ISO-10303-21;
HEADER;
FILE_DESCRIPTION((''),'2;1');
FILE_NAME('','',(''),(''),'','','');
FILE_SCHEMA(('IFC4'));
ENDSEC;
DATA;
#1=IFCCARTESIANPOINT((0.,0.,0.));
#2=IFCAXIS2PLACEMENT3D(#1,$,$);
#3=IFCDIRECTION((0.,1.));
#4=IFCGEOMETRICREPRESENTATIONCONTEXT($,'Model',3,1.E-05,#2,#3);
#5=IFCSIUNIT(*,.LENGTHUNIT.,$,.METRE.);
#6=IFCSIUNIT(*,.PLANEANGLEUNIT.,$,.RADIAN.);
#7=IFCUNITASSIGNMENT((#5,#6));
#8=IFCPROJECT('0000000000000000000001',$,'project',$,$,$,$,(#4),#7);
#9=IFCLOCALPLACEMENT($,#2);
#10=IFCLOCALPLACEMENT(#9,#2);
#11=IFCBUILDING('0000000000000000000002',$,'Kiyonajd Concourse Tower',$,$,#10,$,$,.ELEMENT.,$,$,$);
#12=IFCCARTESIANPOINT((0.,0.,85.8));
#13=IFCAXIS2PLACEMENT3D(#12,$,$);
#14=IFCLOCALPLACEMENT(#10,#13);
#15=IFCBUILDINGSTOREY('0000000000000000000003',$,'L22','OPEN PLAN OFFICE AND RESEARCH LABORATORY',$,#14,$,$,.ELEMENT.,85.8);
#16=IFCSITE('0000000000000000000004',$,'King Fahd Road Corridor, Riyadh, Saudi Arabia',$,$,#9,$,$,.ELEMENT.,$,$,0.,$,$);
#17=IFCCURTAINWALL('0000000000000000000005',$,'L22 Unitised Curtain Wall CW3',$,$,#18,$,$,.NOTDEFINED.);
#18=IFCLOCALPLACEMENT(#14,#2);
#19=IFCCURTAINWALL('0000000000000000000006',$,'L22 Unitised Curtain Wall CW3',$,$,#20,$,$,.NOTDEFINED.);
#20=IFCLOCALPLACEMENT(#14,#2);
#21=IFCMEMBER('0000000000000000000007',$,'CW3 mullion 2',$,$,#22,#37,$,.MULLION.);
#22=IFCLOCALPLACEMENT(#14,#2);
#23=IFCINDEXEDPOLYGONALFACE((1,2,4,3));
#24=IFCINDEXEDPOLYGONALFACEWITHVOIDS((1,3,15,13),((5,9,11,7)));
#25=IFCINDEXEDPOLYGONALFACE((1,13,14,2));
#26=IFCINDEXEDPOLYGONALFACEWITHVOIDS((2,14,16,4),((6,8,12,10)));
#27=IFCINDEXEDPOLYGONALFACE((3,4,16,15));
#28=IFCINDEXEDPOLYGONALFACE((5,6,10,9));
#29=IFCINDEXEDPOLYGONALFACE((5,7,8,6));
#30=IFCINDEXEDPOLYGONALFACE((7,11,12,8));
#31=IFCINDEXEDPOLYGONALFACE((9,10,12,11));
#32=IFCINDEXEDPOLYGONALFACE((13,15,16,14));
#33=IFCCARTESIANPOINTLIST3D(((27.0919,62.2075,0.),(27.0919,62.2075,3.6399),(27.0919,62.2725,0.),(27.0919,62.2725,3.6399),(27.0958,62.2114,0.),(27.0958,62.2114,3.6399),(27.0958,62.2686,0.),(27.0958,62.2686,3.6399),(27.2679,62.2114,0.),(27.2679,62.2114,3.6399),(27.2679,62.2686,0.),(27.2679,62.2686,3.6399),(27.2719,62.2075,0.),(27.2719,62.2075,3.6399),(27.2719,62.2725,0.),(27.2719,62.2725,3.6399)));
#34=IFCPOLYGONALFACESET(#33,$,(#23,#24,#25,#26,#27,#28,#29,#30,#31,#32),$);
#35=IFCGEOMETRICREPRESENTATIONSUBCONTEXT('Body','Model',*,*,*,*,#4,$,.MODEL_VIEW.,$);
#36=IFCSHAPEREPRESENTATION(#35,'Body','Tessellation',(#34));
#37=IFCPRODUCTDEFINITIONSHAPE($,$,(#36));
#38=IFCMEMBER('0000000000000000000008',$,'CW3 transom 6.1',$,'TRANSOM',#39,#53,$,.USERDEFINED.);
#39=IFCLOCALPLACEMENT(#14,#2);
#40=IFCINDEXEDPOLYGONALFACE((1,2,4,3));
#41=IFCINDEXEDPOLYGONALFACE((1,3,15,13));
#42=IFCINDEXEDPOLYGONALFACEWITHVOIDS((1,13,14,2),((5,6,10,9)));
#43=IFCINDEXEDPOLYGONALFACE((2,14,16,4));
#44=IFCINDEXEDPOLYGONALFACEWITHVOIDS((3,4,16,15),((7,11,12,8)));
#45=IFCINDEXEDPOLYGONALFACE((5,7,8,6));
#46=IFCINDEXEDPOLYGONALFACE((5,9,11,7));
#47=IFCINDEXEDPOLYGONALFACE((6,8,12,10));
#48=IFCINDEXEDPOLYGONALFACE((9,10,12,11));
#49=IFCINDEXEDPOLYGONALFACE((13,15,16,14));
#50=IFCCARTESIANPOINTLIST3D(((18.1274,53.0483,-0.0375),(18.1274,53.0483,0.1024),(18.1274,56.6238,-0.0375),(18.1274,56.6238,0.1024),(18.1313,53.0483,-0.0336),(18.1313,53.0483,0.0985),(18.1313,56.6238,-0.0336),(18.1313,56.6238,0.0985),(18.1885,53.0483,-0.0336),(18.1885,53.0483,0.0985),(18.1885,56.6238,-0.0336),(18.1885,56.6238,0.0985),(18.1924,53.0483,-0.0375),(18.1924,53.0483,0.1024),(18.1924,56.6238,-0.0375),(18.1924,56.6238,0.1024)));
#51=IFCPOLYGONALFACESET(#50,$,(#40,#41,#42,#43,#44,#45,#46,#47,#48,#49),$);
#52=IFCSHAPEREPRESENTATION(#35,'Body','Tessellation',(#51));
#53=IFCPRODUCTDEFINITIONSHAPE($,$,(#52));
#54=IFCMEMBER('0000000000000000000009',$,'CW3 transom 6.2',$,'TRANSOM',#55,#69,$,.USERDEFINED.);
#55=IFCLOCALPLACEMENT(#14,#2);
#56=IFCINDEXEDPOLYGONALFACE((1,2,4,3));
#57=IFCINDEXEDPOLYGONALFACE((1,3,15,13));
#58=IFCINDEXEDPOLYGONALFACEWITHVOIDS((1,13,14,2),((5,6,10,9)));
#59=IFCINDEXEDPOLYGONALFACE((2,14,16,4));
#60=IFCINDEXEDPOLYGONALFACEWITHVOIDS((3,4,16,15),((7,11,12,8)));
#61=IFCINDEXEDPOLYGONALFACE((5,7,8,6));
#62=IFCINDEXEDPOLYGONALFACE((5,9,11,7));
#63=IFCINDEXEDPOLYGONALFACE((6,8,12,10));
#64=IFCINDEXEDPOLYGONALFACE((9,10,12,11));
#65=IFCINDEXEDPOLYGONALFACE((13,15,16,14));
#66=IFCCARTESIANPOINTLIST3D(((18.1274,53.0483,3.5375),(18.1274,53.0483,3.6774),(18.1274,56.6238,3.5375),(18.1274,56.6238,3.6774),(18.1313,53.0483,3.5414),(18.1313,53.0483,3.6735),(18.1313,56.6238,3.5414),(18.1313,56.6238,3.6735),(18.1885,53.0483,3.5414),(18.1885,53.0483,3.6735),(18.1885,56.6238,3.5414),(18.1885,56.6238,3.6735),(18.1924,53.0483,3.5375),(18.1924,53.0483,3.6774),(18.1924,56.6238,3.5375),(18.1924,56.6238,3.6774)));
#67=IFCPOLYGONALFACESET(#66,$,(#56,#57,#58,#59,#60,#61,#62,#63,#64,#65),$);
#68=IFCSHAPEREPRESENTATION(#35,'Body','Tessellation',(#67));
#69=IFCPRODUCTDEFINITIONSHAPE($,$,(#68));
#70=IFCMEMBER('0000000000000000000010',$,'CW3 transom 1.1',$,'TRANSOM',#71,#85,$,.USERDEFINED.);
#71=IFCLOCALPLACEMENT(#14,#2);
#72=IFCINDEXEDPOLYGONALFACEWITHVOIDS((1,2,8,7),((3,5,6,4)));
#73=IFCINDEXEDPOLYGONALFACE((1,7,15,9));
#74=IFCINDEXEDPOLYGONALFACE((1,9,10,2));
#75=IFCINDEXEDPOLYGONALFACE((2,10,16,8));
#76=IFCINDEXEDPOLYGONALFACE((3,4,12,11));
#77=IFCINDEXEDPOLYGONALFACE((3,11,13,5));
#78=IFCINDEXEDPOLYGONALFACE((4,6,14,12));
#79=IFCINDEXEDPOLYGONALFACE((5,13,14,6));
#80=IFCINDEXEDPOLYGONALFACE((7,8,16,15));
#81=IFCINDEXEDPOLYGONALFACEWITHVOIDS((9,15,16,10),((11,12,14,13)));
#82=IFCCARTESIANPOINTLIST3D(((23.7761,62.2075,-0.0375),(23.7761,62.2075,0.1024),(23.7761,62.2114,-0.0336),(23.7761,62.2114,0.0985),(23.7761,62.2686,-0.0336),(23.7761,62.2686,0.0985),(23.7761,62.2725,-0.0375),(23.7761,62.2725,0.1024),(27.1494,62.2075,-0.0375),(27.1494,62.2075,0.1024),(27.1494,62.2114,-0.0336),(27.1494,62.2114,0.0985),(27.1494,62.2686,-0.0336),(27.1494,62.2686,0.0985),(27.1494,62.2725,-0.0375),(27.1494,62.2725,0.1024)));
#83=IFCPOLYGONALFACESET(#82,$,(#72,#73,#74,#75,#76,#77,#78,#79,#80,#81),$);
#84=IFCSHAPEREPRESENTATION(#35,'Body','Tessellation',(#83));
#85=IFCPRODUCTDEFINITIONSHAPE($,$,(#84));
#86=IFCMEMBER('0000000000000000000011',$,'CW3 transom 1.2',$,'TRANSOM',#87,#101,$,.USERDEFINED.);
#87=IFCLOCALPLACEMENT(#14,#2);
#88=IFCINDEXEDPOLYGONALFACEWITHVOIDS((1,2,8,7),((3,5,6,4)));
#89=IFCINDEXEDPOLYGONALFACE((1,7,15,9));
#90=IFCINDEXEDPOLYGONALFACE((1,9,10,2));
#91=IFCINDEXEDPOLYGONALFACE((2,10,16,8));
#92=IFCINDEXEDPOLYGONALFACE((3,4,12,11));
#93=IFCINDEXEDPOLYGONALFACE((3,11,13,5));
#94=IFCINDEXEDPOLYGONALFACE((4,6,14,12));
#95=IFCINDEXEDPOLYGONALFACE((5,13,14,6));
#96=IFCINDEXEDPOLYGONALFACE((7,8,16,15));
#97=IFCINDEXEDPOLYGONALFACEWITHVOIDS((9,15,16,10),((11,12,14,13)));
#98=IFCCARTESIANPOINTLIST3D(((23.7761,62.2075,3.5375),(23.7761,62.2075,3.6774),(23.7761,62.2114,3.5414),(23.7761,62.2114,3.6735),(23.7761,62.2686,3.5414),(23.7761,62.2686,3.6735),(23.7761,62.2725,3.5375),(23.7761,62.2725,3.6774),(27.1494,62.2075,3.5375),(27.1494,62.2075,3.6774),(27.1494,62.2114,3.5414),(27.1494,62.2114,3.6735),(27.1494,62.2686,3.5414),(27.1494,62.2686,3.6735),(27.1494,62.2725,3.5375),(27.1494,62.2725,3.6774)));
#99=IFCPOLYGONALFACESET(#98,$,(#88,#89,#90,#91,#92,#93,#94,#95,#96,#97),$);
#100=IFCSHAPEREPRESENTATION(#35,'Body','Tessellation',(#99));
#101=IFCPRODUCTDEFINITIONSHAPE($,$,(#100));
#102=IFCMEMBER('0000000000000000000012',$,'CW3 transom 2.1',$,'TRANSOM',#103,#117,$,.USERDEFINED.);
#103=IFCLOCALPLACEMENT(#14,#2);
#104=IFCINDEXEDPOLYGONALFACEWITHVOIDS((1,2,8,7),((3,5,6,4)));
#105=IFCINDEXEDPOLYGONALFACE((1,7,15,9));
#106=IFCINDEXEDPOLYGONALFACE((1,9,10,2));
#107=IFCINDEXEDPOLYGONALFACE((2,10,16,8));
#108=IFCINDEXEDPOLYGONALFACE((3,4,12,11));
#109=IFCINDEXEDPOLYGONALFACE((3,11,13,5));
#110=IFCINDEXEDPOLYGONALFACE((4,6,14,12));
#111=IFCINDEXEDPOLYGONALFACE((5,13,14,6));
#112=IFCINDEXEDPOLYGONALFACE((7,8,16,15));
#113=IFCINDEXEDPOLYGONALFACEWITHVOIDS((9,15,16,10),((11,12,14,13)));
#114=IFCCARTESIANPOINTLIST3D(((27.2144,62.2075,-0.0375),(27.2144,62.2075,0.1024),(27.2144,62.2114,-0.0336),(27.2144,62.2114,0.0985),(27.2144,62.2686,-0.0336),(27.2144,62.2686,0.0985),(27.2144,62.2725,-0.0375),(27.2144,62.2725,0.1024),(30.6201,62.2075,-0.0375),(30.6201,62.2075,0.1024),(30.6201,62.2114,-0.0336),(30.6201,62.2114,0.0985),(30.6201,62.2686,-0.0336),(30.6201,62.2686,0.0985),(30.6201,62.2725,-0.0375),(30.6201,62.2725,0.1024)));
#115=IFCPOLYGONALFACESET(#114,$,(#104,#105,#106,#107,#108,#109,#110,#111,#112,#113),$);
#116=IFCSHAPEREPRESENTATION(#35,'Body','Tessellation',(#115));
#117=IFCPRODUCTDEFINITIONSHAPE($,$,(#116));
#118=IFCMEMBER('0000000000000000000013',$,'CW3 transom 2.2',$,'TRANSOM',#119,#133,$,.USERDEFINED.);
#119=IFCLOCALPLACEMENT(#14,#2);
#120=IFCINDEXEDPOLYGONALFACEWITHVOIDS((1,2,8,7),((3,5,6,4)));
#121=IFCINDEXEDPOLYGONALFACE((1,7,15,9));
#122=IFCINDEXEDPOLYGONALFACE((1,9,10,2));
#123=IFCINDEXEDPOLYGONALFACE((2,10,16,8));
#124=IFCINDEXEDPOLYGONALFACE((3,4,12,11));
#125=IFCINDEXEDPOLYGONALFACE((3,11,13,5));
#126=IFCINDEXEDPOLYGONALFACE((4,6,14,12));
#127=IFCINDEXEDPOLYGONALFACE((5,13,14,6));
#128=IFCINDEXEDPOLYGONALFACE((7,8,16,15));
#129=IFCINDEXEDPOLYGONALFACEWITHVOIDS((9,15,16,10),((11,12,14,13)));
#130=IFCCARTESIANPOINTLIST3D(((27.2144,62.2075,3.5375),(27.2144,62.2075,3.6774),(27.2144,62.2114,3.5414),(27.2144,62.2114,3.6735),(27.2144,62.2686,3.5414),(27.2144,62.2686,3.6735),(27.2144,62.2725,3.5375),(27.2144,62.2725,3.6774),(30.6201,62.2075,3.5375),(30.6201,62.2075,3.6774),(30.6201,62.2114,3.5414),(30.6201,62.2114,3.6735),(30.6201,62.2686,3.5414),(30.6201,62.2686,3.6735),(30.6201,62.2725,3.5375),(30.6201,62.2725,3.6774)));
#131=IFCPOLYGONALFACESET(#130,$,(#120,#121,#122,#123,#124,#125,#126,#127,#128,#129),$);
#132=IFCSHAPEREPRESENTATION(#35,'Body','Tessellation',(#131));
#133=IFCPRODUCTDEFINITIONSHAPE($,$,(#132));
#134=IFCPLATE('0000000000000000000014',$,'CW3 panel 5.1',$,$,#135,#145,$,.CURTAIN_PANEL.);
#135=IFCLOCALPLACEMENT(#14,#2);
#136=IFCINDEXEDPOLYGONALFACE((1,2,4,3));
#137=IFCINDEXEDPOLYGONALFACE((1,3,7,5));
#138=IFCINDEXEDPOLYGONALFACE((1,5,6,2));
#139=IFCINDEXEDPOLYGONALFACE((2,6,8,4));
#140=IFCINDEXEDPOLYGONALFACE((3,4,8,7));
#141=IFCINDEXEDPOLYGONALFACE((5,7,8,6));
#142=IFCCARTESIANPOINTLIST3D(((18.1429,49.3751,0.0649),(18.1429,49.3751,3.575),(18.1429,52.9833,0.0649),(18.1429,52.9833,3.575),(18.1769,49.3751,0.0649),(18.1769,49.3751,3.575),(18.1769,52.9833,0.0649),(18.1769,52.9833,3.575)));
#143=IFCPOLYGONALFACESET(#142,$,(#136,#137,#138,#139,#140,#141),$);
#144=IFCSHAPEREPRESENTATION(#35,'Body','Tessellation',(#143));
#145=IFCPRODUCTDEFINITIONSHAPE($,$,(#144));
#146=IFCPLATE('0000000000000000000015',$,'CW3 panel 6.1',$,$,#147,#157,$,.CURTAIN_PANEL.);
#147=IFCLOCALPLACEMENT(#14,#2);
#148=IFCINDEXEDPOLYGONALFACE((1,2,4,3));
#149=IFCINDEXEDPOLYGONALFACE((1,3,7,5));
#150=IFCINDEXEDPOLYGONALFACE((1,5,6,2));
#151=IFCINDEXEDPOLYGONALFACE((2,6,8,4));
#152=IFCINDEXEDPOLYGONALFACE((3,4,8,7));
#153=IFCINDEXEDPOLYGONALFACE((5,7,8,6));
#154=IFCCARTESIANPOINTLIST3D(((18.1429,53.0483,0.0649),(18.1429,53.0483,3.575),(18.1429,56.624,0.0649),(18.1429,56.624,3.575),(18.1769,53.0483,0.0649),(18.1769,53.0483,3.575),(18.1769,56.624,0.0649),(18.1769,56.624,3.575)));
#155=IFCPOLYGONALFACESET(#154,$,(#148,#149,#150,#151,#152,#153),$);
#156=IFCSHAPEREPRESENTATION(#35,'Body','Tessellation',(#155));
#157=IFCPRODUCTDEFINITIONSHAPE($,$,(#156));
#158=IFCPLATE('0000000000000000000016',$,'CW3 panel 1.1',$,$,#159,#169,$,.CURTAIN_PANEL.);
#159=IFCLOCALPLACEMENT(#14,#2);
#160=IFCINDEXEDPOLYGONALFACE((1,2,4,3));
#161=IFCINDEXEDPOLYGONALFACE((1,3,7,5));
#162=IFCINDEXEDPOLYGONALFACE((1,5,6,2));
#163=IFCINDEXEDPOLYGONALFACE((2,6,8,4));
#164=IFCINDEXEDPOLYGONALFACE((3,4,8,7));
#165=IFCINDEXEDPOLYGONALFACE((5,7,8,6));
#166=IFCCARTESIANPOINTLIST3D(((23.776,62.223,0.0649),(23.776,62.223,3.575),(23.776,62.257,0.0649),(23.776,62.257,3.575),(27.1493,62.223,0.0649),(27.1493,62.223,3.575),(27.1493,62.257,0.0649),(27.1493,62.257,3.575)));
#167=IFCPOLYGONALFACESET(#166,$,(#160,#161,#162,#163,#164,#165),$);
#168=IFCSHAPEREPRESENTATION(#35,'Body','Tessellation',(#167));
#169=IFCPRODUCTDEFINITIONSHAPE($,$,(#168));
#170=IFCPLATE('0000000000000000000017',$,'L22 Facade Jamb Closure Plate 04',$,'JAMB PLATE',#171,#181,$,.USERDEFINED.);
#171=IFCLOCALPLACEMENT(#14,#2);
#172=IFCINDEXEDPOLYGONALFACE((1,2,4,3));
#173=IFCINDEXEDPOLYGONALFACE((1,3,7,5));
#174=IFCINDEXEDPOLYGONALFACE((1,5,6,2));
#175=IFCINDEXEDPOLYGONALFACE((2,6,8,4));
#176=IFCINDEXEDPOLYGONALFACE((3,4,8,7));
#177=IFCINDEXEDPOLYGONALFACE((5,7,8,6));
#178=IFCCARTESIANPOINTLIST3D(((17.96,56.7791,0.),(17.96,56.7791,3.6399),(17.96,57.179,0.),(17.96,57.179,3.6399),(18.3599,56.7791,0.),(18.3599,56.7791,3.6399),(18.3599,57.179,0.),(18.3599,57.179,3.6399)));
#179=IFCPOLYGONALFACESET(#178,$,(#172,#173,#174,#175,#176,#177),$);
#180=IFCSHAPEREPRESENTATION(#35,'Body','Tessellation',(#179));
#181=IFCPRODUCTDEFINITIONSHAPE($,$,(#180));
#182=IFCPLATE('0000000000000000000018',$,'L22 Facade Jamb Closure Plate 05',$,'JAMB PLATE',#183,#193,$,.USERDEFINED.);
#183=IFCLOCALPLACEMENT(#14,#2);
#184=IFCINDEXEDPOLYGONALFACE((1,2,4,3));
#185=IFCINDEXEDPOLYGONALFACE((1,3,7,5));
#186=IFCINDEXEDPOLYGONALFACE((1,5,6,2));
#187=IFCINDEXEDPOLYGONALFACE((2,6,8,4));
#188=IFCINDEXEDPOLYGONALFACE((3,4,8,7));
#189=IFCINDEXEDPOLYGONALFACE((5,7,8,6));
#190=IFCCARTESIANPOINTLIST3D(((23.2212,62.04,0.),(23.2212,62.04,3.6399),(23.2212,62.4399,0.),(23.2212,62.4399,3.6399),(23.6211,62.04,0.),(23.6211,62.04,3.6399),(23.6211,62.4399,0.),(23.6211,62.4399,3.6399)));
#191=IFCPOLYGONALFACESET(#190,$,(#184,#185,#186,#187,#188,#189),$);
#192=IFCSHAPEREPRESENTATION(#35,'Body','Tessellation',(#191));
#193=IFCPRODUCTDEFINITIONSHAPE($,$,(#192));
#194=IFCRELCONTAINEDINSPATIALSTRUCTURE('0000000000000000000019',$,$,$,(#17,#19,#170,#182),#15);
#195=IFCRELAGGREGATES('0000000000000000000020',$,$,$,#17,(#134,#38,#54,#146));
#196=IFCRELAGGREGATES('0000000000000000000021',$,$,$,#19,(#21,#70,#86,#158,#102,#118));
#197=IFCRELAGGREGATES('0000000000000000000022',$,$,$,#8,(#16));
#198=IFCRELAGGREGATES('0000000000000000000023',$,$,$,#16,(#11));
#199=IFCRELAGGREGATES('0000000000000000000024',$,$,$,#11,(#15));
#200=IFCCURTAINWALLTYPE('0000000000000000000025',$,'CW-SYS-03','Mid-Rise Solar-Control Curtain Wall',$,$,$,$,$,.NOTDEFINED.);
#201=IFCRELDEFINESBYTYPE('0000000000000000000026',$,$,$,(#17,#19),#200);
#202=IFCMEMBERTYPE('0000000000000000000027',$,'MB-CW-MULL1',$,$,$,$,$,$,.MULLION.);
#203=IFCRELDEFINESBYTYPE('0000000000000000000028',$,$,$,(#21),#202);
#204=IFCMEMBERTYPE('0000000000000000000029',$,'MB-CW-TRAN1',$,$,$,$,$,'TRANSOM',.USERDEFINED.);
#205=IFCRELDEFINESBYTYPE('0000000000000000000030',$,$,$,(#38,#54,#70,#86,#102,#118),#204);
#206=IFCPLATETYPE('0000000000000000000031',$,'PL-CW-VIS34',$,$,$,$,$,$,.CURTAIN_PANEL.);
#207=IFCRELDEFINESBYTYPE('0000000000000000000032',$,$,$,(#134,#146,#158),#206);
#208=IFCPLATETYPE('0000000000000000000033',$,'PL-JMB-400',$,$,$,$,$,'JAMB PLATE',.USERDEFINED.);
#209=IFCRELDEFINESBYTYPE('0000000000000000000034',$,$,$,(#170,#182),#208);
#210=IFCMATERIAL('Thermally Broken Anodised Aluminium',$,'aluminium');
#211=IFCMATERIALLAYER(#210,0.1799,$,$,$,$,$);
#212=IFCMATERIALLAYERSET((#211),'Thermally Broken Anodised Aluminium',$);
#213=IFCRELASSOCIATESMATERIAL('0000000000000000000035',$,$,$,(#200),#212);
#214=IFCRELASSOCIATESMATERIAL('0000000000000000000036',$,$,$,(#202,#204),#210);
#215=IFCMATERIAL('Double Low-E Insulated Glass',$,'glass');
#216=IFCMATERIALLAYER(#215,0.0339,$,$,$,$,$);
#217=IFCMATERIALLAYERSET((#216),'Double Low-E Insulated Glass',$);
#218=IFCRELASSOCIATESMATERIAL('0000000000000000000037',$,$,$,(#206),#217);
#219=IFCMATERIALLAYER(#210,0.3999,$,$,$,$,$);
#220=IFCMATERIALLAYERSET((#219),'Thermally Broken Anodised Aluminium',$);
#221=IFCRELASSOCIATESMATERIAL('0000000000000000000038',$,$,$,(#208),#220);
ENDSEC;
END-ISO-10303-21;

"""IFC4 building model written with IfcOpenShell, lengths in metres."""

from ifc_helpers import new_model, si_unit, direction, frame, origin, origin_2d, place, context, subcontext, project, spatial, rectangle, hollow_rectangle, extrude, material, layer, layer_set, material_profile, profile_set, type_object, element, aggregate, save


model = new_model("IFC4")

# Units and contexts
model_context = context("Model", 3, precision=1e-05, world=origin(), true_north=direction((0.0, 1.0)))
body_context = subcontext(model_context, "Body", "Model", "MODEL_VIEW")
ifc_project = project(units=[si_unit("LENGTHUNIT", "METRE"), si_unit("PLANEANGLEUNIT", "RADIAN")], contexts=[model_context])

# Site, building, storey
site_placement = place(None, origin())
site = spatial("IfcSite", under=ifc_project, at=site_placement, Name="King Fahd Road Corridor, Riyadh, Saudi Arabia", CompositionType="ELEMENT", RefElevation=0.0)
building_placement = place(site_placement, origin())
building = spatial("IfcBuilding", under=site, at=building_placement, Name="Kiyonajd Concourse Tower", CompositionType="ELEMENT")
storey_placement = place(building_placement, frame((0.0, 0.0, 85.8)))
storey = spatial("IfcBuildingStorey", under=building, at=storey_placement, Name="L22", Description="OPEN PLAN OFFICE AND RESEARCH LABORATORY", CompositionType="ELEMENT", Elevation=85.8)

# Curtain walls, member
ifc_material_1 = material(Name="Thermally Broken Anodised Aluminium", Category="aluminium")
ifc_layer_1 = layer(ifc_material_1, 0.1799)
ifc_layer_set_1 = layer_set([ifc_layer_1], Name="Thermally Broken Anodised Aluminium")
curtain_wall_type = type_object("IfcCurtainWallType", Name="CW-SYS-03", Description="Mid-Rise Solar-Control Curtain Wall", PredefinedType="NOTDEFINED", material=ifc_layer_set_1)
curtain_wall_1_placement = place(storey_placement, origin())
curtain_wall_1 = element("IfcCurtainWall", 1, at=curtain_wall_1_placement, inside=storey, type_object=curtain_wall_type, Name="L22 Unitised Curtain Wall CW3", PredefinedType="NOTDEFINED")
ifc_material_profile_1 = material_profile(ifc_material_1, hollow_rectangle(XDim=0.0649, YDim=0.1799, WallThickness=0.0039, at=origin_2d()), Name="MULL-65x180")
ifc_profile_set_1 = profile_set([ifc_material_profile_1], Name="Thermally Broken Anodised Aluminium")
member_type_1 = type_object("IfcMemberType", Name="MB-CW-MULL1", PredefinedType="MULLION", material=ifc_profile_set_1)
curtain_wall_2_placement = place(storey_placement, origin())
curtain_wall_2 = element("IfcCurtainWall", 2, at=curtain_wall_2_placement, inside=storey, type_object=curtain_wall_type, Name="L22 Unitised Curtain Wall CW3", PredefinedType="NOTDEFINED")
member_1_placement = place(storey_placement, frame((27.1819, 62.24, 0.0), z_axis=(0.0, 0.0, 1.0), x_axis=(0.0, 1.0, 0.0)))
member_1 = element("IfcMember", 3, at=member_1_placement, type_object=member_type_1, Name="CW3 mullion 2", PredefinedType="MULLION", context=body_context, shape_type="SweptSolid", body=[
    extrude(hollow_rectangle(XDim=0.0649, YDim=0.1799, WallThickness=0.0039, at=origin_2d()), origin(), (0.0, 0.0, 1.0), 3.6399),
])

# Members
ifc_material_profile_2 = material_profile(ifc_material_1, hollow_rectangle(XDim=0.0649, YDim=0.1399, WallThickness=0.0039, at=origin_2d()), Name="TRAN-65x140")
ifc_profile_set_2 = profile_set([ifc_material_profile_2], Name="Thermally Broken Anodised Aluminium")
member_type_2 = type_object("IfcMemberType", Name="MB-CW-TRAN1", ElementType="TRANSOM", PredefinedType="USERDEFINED", material=ifc_profile_set_2)
member_2_placement = place(storey_placement, frame((18.1599, 53.0483, 0.0325), z_axis=(0.0, 1.0, 0.0), x_axis=(-1.0, 0.0, 0.0)))
member_2 = element("IfcMember", 4, at=member_2_placement, type_object=member_type_2, Name="CW3 transom 6.1", ObjectType="TRANSOM", PredefinedType="USERDEFINED", context=body_context, shape_type="SweptSolid", body=[
    extrude(hollow_rectangle(XDim=0.0649, YDim=0.1399, WallThickness=0.0039, at=origin_2d()), origin(), (0.0, 0.0, 1.0), 3.5754),
])
member_3_placement = place(storey_placement, frame((18.1599, 53.0483, 3.6074), z_axis=(0.0, 1.0, 0.0), x_axis=(-1.0, 0.0, 0.0)))
member_3 = element("IfcMember", 5, at=member_3_placement, type_object=member_type_2, Name="CW3 transom 6.2", ObjectType="TRANSOM", PredefinedType="USERDEFINED", context=body_context, shape_type="SweptSolid", body=[
    extrude(hollow_rectangle(XDim=0.0649, YDim=0.1399, WallThickness=0.0039, at=origin_2d()), origin(), (0.0, 0.0, 1.0), 3.5754),
])
member_4_placement = place(storey_placement, frame((23.7761, 62.24, 0.0325), z_axis=(1.0, 0.0, 0.0), x_axis=(0.0, 1.0, 0.0)))
member_4 = element("IfcMember", 6, at=member_4_placement, type_object=member_type_2, Name="CW3 transom 1.1", ObjectType="TRANSOM", PredefinedType="USERDEFINED", context=body_context, shape_type="SweptSolid", body=[
    extrude(hollow_rectangle(XDim=0.0649, YDim=0.1399, WallThickness=0.0039, at=origin_2d()), origin(), (0.0, 0.0, 1.0), 3.3733),
])
member_5_placement = place(storey_placement, frame((23.7761, 62.24, 3.6074), z_axis=(1.0, 0.0, 0.0), x_axis=(0.0, 1.0, 0.0)))
member_5 = element("IfcMember", 7, at=member_5_placement, type_object=member_type_2, Name="CW3 transom 1.2", ObjectType="TRANSOM", PredefinedType="USERDEFINED", context=body_context, shape_type="SweptSolid", body=[
    extrude(hollow_rectangle(XDim=0.0649, YDim=0.1399, WallThickness=0.0039, at=origin_2d()), origin(), (0.0, 0.0, 1.0), 3.3733),
])
member_6_placement = place(storey_placement, frame((27.2144, 62.24, 0.0325), z_axis=(1.0, 0.0, 0.0), x_axis=(0.0, 1.0, 0.0)))
member_6 = element("IfcMember", 8, at=member_6_placement, type_object=member_type_2, Name="CW3 transom 2.1", ObjectType="TRANSOM", PredefinedType="USERDEFINED", context=body_context, shape_type="SweptSolid", body=[
    extrude(hollow_rectangle(XDim=0.0649, YDim=0.1399, WallThickness=0.0039, at=origin_2d()), origin(), (0.0, 0.0, 1.0), 3.4058),
])
member_7_placement = place(storey_placement, frame((27.2144, 62.24, 3.6074), z_axis=(1.0, 0.0, 0.0), x_axis=(0.0, 1.0, 0.0)))
member_7 = element("IfcMember", 9, at=member_7_placement, type_object=member_type_2, Name="CW3 transom 2.2", ObjectType="TRANSOM", PredefinedType="USERDEFINED", context=body_context, shape_type="SweptSolid", body=[
    extrude(hollow_rectangle(XDim=0.0649, YDim=0.1399, WallThickness=0.0039, at=origin_2d()), origin(), (0.0, 0.0, 1.0), 3.4058),
])

# Plates
ifc_material_2 = material(Name="Double Low-E Insulated Glass", Category="glass")
ifc_layer_2 = layer(ifc_material_2, 0.0339)
ifc_layer_set_2 = layer_set([ifc_layer_2], Name="Double Low-E Insulated Glass")
plate_type_1 = type_object("IfcPlateType", Name="PL-CW-VIS34", PredefinedType="CURTAIN_PANEL", material=ifc_layer_set_2)
plate_1_placement = place(storey_placement, frame((18.1599, 51.1792, 0.0649), z_axis=(0.0, 0.0, 1.0), x_axis=(0.0, 1.0, 0.0)))
plate_1 = element("IfcPlate", 10, at=plate_1_placement, type_object=plate_type_1, Name="CW3 panel 5.1", PredefinedType="CURTAIN_PANEL", context=body_context, shape_type="SweptSolid", body=[
    extrude(rectangle(XDim=3.6082, YDim=0.0339, at=origin_2d()), origin(), (0.0, 0.0, 1.0), 3.51),
])
plate_2_placement = place(storey_placement, frame((18.1599, 54.8362, 0.0649), z_axis=(0.0, 0.0, 1.0), x_axis=(0.0, 1.0, 0.0)))
plate_2 = element("IfcPlate", 11, at=plate_2_placement, type_object=plate_type_1, Name="CW3 panel 6.1", PredefinedType="CURTAIN_PANEL", context=body_context, shape_type="SweptSolid", body=[
    extrude(rectangle(XDim=3.5757, YDim=0.0339, at=origin_2d()), origin(), (0.0, 0.0, 1.0), 3.51),
])
aggregate(curtain_wall_1, [plate_1, member_2, member_3, plate_2])
plate_3_placement = place(storey_placement, frame((25.4626, 62.24, 0.0649), z_axis=(0.0, 0.0, 1.0), x_axis=(1.0, 0.0, 0.0)))
plate_3 = element("IfcPlate", 12, at=plate_3_placement, type_object=plate_type_1, Name="CW3 panel 1.1", PredefinedType="CURTAIN_PANEL", context=body_context, shape_type="SweptSolid", body=[
    extrude(rectangle(XDim=3.3733, YDim=0.0339, at=origin_2d()), origin(), (0.0, 0.0, 1.0), 3.51),
])
aggregate(curtain_wall_2, [member_1, member_4, member_5, plate_3, member_6, member_7])

# Plates
ifc_layer_3 = layer(ifc_material_1, 0.3999)
ifc_layer_set_3 = layer_set([ifc_layer_3], Name="Thermally Broken Anodised Aluminium")
plate_type_2 = type_object("IfcPlateType", Name="PL-JMB-400", ElementType="JAMB PLATE", PredefinedType="USERDEFINED", material=ifc_layer_set_3)
for number, where, z_axis, x_axis, name in (
    (13, (18.1599, 56.979, 0.0), (0.0, 0.0, 1.0), (1.0, 0.0, 0.0), "L22 Facade Jamb Closure Plate 04"),
    (14, (23.4211, 62.24, 0.0), (0.0, 0.0, 1.0), (1.0, 0.0, 0.0), "L22 Facade Jamb Closure Plate 05"),
):
    element("IfcPlate", number, at=place(storey_placement, frame(where, z_axis=z_axis, x_axis=x_axis)), inside=storey, type_object=plate_type_2, Name=name, ObjectType="JAMB PLATE", PredefinedType="USERDEFINED", context=body_context, shape_type="SweptSolid", body=[
        extrude(rectangle(XDim=0.3999, YDim=0.3999, at=origin_2d()), origin(), (0.0, 0.0, 1.0), 3.6399),
    ])

save(model, "model.ifc")
